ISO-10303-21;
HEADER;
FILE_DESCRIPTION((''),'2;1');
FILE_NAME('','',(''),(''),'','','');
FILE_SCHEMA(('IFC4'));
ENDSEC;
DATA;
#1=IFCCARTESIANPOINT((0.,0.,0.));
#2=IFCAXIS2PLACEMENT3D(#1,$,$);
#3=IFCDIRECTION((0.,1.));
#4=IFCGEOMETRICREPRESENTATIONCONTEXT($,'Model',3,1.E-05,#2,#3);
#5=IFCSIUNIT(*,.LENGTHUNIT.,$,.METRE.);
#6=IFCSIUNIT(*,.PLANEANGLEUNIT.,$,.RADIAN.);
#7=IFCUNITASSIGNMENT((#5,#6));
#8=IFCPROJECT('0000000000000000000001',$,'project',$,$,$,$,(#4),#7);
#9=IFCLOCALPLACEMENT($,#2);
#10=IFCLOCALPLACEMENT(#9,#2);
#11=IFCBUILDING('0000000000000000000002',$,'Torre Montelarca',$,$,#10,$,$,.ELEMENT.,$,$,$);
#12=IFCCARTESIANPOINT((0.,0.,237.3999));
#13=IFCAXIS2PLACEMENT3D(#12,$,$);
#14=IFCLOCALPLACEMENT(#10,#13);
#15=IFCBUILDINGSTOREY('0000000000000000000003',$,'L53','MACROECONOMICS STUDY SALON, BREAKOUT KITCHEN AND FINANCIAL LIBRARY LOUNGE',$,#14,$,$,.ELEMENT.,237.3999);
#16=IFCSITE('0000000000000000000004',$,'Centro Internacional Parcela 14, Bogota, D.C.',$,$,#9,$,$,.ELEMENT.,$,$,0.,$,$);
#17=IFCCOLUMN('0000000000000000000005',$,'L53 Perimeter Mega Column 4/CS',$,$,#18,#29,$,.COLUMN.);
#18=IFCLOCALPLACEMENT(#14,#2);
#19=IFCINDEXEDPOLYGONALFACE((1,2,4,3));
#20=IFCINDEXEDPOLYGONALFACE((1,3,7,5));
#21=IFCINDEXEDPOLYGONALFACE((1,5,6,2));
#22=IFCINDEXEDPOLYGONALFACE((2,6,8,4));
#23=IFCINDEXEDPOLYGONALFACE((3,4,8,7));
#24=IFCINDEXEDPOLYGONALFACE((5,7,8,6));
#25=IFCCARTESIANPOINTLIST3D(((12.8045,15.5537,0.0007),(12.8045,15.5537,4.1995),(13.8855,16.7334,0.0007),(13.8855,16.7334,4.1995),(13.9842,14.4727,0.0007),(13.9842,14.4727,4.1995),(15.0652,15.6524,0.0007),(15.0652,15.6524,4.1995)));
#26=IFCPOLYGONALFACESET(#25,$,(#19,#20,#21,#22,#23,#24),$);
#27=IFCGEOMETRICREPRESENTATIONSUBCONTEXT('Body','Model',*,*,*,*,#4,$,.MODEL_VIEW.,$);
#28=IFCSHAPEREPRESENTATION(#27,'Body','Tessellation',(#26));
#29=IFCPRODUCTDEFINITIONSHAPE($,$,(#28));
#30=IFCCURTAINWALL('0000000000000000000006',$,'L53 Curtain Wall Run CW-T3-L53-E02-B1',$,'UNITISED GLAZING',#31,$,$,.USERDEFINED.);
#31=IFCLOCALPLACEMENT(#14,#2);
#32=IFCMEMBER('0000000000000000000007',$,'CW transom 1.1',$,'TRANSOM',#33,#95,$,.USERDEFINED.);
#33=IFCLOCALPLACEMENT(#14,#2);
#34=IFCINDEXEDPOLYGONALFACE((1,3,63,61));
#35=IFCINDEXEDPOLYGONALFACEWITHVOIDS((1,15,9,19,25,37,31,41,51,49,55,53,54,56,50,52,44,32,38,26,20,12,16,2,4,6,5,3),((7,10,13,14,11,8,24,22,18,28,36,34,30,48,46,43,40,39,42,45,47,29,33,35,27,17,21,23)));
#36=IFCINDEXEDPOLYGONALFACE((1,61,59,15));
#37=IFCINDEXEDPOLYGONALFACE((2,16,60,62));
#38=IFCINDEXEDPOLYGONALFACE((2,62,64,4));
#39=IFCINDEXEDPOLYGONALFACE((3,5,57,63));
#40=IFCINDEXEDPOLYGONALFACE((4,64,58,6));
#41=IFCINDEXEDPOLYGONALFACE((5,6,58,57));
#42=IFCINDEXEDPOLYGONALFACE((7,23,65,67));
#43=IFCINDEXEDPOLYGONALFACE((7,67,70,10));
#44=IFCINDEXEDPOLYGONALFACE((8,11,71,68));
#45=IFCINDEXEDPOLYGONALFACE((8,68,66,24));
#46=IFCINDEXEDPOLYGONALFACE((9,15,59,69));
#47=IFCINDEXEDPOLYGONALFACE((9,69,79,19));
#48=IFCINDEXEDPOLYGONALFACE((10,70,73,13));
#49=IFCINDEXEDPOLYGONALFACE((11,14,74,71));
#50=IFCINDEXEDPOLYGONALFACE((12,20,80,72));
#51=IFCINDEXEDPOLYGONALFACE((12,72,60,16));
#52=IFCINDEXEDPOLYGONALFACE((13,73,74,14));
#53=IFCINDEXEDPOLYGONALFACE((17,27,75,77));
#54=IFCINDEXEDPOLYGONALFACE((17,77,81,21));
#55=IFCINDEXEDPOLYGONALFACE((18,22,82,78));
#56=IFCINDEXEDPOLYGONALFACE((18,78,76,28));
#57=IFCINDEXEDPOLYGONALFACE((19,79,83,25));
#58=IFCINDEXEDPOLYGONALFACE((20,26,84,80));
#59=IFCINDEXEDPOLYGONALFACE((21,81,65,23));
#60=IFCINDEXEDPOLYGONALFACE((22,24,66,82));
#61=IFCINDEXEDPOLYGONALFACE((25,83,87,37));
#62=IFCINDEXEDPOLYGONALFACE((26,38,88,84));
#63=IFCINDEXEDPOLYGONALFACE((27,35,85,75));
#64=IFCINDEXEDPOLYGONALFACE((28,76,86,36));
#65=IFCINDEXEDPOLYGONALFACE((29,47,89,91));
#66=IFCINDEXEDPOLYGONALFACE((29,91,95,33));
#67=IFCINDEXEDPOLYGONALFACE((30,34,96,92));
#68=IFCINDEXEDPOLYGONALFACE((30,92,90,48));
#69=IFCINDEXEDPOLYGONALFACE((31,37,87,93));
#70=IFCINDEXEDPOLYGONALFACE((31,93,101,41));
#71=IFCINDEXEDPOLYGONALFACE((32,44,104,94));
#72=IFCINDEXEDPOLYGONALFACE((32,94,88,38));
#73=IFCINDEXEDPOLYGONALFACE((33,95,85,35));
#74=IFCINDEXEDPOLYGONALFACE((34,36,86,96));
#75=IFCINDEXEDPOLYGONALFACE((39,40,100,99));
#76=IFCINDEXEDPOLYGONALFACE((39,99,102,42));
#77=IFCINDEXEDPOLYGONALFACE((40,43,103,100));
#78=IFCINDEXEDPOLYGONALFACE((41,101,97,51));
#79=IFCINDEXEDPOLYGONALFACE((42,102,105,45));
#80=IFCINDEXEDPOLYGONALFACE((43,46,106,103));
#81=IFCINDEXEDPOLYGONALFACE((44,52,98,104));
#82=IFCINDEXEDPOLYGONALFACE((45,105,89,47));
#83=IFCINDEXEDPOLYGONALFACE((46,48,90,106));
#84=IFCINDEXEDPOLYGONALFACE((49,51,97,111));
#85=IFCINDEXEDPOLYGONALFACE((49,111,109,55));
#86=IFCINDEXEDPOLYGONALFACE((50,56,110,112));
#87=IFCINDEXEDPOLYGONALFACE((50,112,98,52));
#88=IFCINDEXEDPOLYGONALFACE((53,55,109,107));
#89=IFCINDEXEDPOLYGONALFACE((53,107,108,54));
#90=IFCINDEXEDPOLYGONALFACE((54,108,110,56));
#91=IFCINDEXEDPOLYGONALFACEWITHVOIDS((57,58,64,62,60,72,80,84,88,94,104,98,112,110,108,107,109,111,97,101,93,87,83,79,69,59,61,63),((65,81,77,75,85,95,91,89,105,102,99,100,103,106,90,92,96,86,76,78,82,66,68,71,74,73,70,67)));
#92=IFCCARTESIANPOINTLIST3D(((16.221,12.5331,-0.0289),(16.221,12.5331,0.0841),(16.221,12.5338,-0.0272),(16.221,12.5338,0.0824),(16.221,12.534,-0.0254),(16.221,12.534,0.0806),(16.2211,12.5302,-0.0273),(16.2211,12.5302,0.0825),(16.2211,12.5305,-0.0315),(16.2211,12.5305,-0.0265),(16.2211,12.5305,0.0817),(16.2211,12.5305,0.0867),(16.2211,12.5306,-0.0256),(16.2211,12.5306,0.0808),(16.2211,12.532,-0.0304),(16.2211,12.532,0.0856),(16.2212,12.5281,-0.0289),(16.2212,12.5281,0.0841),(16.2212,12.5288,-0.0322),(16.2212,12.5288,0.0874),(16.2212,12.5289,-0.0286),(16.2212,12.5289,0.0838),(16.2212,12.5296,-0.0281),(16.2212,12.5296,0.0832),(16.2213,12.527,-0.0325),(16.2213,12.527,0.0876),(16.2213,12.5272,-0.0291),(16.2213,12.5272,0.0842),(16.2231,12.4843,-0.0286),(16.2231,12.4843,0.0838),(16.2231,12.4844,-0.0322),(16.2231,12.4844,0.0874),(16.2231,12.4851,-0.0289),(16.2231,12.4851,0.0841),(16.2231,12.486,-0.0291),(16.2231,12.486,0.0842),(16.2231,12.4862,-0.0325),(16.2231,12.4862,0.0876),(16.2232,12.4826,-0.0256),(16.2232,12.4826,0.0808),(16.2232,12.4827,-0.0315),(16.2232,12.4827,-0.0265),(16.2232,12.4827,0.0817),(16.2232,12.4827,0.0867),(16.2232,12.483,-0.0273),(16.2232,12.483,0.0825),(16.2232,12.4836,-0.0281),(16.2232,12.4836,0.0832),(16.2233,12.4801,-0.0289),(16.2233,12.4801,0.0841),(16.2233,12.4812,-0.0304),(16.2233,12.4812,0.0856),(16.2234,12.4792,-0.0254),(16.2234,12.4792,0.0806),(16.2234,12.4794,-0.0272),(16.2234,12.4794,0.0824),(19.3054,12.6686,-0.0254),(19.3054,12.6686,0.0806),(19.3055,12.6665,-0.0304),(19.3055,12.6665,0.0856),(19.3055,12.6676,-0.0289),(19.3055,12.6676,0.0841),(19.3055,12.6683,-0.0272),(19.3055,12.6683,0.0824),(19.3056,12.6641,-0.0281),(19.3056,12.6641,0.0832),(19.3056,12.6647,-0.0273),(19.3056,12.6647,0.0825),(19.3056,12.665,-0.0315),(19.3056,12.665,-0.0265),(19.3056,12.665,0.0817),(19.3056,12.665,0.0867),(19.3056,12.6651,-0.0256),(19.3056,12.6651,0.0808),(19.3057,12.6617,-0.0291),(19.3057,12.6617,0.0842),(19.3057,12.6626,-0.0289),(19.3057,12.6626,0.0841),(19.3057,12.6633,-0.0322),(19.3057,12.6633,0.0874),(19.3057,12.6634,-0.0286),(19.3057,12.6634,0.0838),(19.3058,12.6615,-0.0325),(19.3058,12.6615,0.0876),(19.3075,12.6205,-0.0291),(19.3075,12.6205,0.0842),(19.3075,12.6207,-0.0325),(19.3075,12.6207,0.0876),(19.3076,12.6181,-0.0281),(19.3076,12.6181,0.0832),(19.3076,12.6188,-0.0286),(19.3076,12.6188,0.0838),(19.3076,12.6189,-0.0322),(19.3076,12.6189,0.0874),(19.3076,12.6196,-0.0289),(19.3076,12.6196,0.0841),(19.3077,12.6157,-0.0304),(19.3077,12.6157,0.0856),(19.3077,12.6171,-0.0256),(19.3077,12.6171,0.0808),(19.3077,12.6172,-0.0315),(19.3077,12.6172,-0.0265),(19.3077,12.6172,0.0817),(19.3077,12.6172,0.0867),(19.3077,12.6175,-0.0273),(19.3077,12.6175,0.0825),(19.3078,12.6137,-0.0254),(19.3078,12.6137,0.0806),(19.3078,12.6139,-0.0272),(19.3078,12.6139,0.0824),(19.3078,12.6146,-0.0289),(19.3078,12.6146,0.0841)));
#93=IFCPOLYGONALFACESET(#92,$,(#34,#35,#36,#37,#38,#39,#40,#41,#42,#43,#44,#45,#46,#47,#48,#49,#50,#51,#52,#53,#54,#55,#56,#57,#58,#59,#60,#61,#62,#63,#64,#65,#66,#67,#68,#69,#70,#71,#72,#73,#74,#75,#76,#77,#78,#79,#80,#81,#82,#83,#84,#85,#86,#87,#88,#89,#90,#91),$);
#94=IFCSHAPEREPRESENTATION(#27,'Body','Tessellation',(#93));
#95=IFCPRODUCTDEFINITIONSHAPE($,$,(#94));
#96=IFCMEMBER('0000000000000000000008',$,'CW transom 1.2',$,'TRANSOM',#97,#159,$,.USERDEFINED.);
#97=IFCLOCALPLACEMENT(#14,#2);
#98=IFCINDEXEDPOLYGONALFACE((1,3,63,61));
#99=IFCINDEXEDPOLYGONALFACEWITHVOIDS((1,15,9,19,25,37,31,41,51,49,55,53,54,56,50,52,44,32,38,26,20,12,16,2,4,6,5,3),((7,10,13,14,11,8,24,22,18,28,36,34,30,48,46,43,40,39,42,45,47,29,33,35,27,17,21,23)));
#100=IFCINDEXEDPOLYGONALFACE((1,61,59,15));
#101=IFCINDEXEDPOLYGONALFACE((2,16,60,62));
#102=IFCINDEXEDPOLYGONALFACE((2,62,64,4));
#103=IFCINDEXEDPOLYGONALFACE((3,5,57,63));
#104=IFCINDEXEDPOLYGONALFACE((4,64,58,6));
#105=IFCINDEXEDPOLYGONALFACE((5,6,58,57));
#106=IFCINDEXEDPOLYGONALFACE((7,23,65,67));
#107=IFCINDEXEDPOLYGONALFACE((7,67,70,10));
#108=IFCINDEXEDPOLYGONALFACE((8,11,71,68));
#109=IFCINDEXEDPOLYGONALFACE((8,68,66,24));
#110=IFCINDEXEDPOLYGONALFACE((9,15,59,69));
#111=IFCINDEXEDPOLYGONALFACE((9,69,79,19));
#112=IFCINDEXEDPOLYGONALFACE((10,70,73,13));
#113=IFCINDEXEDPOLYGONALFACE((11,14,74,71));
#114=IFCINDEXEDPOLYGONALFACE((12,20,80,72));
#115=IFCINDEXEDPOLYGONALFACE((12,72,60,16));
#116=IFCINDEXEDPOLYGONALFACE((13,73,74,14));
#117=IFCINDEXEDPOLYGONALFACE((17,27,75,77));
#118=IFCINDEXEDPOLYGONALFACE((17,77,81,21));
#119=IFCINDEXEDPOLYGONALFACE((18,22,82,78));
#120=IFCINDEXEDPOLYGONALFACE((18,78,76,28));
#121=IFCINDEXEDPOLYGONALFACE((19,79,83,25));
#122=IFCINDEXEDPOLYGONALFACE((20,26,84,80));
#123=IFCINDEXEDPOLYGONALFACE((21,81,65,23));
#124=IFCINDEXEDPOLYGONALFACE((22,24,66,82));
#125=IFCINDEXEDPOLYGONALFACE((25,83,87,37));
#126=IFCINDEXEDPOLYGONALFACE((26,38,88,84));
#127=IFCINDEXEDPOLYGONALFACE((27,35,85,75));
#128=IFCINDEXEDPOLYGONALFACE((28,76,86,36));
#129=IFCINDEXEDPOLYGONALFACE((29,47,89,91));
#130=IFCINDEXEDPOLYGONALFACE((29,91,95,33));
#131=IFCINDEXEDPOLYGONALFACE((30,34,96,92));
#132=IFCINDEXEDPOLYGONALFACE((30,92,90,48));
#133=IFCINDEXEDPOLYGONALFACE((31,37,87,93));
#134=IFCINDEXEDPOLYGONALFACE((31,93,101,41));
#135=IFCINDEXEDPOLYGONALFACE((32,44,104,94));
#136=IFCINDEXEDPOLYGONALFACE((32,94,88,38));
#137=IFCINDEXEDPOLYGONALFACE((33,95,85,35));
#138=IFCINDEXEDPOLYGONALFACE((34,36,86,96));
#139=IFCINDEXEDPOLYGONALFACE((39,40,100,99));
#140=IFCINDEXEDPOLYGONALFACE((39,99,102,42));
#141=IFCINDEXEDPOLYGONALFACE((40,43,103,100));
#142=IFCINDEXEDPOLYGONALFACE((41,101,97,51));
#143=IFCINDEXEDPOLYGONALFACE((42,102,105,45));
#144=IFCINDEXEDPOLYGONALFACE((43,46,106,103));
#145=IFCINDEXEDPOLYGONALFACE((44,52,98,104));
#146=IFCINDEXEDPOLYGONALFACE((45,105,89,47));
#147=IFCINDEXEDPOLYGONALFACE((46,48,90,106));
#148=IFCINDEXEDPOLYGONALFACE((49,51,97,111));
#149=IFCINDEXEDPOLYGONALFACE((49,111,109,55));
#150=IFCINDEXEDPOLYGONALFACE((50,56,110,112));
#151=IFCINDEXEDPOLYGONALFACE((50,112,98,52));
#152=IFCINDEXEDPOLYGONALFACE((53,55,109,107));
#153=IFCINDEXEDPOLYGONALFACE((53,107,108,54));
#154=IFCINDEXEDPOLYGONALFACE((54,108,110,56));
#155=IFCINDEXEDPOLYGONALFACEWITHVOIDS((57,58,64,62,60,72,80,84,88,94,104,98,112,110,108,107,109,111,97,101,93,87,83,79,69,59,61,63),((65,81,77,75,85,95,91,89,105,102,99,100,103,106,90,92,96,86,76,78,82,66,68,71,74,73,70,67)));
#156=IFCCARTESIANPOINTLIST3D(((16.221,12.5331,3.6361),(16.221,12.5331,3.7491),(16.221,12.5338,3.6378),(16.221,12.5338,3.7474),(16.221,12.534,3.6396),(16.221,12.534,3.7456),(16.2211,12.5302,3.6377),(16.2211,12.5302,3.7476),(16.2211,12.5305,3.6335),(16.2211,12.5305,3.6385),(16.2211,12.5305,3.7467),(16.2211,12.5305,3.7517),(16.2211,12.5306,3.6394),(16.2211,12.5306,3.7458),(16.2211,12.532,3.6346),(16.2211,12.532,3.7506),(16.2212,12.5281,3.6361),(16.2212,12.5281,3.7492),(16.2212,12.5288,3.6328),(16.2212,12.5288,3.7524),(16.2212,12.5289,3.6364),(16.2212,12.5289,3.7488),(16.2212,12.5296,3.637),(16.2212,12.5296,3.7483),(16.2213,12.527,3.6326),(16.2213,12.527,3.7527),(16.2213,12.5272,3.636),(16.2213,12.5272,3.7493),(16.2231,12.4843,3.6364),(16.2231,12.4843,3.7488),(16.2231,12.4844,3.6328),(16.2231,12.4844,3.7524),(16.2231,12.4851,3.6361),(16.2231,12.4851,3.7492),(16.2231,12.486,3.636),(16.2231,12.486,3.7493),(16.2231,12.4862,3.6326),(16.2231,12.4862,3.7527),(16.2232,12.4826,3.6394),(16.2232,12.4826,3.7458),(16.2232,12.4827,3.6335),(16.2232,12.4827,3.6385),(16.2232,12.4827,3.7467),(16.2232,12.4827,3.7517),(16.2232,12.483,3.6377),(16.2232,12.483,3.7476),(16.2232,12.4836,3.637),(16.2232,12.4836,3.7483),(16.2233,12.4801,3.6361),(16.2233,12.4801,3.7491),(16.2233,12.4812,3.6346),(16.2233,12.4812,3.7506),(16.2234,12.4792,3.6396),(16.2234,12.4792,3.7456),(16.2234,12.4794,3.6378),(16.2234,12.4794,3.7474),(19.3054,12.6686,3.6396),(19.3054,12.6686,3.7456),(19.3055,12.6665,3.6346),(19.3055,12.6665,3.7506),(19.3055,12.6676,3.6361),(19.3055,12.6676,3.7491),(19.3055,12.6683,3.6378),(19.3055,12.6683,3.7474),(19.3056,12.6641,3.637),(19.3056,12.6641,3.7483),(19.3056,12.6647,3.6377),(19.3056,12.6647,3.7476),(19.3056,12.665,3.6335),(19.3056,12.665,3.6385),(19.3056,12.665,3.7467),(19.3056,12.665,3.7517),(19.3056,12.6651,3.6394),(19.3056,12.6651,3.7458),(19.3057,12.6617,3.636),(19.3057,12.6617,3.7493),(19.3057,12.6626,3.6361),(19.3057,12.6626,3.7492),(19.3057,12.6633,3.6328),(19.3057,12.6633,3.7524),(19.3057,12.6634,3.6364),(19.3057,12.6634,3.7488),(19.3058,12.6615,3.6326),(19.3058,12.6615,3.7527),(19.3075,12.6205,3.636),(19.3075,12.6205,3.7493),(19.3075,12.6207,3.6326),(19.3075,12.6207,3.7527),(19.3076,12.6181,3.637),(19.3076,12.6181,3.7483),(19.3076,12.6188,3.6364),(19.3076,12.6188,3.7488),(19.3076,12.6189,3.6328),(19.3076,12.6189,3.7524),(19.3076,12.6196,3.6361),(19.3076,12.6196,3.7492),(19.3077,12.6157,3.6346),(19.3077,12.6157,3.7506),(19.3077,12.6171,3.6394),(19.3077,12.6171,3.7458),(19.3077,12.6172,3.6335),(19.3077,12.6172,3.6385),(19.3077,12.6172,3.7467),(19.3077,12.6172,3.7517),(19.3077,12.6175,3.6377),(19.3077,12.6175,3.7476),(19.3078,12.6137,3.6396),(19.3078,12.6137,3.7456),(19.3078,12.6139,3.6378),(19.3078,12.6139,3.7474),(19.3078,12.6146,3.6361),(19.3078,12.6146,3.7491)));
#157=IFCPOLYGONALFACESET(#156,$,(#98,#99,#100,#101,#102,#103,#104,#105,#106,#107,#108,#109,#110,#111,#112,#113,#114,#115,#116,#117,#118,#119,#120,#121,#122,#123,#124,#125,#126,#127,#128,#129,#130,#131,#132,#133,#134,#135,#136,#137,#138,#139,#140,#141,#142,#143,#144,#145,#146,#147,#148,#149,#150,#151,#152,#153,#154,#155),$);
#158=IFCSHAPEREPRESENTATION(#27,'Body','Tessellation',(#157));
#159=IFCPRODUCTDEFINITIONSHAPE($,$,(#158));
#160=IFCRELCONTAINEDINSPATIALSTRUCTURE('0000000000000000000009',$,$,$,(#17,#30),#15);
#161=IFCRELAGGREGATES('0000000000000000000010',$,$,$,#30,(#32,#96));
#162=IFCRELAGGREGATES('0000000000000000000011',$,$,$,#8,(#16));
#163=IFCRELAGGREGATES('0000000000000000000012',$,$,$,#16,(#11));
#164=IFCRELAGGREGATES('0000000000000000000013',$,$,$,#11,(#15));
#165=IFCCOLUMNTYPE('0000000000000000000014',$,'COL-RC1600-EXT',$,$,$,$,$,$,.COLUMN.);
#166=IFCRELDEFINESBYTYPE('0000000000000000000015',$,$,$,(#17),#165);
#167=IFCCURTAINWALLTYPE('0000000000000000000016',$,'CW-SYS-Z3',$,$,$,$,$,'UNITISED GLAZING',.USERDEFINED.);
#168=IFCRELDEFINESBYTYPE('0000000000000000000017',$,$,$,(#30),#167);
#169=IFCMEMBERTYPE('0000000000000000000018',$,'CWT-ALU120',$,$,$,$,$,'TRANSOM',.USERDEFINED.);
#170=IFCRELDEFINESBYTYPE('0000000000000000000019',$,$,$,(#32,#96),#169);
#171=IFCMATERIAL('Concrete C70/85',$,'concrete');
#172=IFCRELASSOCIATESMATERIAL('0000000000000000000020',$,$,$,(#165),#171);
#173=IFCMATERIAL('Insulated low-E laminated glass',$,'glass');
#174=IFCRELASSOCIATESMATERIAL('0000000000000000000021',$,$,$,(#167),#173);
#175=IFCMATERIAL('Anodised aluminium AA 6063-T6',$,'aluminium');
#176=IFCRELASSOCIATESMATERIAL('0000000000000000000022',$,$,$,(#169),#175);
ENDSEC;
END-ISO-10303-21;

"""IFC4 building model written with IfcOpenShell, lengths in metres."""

from ifc_helpers import new_model, si_unit, direction, frame, origin, origin_2d, place, context, subcontext, project, spatial, rectangle, hollow_rectangle, extrude, source, transform, mapped, material, material_profile, profile_set, type_object, element, aggregate, save


model = new_model("IFC4")

# Units and contexts
model_context = context("Model", 3, precision=1e-05, world=origin(), true_north=direction((0.0, 1.0)))
body_context = subcontext(model_context, "Body", "Model", "MODEL_VIEW")
ifc_project = project(units=[si_unit("LENGTHUNIT", "METRE"), si_unit("PLANEANGLEUNIT", "RADIAN")], contexts=[model_context])

# Site, building, storey
site_placement = place(None, origin())
site = spatial("IfcSite", under=ifc_project, at=site_placement, Name="Centro Internacional Parcela 14, Bogota, D.C.", CompositionType="ELEMENT", RefElevation=0.0)
building_placement = place(site_placement, origin())
building = spatial("IfcBuilding", under=site, at=building_placement, Name="Torre Montelarca", CompositionType="ELEMENT")
storey_placement = place(building_placement, frame((0.0, 0.0, 237.3999)))
storey = spatial("IfcBuildingStorey", under=building, at=storey_placement, Name="L53", Description="MACROECONOMICS STUDY SALON, BREAKOUT KITCHEN AND FINANCIAL LIBRARY LOUNGE", CompositionType="ELEMENT", Elevation=237.3999)

# Column
ifc_material_1 = material(Name="Concrete C70/85", Category="concrete")
ifc_material_profile_1 = material_profile(ifc_material_1, rectangle(XDim=1.6001, YDim=1.6001, at=origin_2d()), Name="RC1600X1600", Category="concrete")
ifc_profile_set_1 = profile_set([ifc_material_profile_1], Name="Concrete C70/85")
column_type = type_object("IfcColumnType", Name="COL-RC1600-EXT", PredefinedType="COLUMN", material=ifc_profile_set_1)
shared_shape_1 = source(origin(), body_context, "Body", "SweptSolid", [
    extrude(rectangle(XDim=1.6001, YDim=1.6001, at=origin_2d()), origin(), (0.0, 0.0, 1.0), 4.1987),
])
column_placement = place(storey_placement, frame((13.9348, 15.603, 0.0007), z_axis=(0.0, 0.0, 1.0), x_axis=(-0.737277, 0.67559, 0.0)))
element("IfcColumn", 1, at=column_placement, inside=storey, type_object=column_type, Name="L53 Perimeter Mega Column 4/CS", PredefinedType="COLUMN", context=body_context, shape_type="MappedRepresentation", body=[
    mapped(shared_shape_1, transform((0.0, 0.0, 0.0), scale=1.0)),
])

# Curtain wall, members
ifc_material_2 = material(Name="Insulated low-E laminated glass", Category="glass")
curtain_wall_type = type_object("IfcCurtainWallType", Name="CW-SYS-Z3", ElementType="UNITISED GLAZING", PredefinedType="USERDEFINED", material=ifc_material_2)
curtain_wall_1_placement = place(storey_placement, origin())
curtain_wall_1 = element("IfcCurtainWall", 2, at=curtain_wall_1_placement, inside=storey, type_object=curtain_wall_type, Name="L53 Curtain Wall Run CW-T3-L53-E02-B1", ObjectType="UNITISED GLAZING", PredefinedType="USERDEFINED")
ifc_material_3 = material(Name="Anodised aluminium AA 6063-T6", Category="aluminium")
ifc_material_profile_2 = material_profile(ifc_material_3, hollow_rectangle(XDim=0.0549, YDim=0.1201, WallThickness=0.0034, InnerFilletRadius=0.0034, OuterFilletRadius=0.0071, at=origin_2d()), Name="ALU55X120X3.5", Category="aluminium")
ifc_profile_set_2 = profile_set([ifc_material_profile_2], Name="Anodised aluminium AA 6063-T6")
member_type_1 = type_object("IfcMemberType", Name="CWT-ALU120", ElementType="TRANSOM", PredefinedType="USERDEFINED", material=ifc_profile_set_2)
shared_shape_2 = source(origin(), body_context, "Body", "SweptSolid", [
    extrude(hollow_rectangle(XDim=0.0549, YDim=0.1201, WallThickness=0.0034, InnerFilletRadius=0.0034, OuterFilletRadius=0.0071, at=origin_2d()), origin(), (0.0, 0.0, 1.0), 3.0874),
])
member_1_placement = place(storey_placement, frame((16.2222, 12.5066, 0.0276), z_axis=(0.99905, 0.043571, 0.0), x_axis=(-0.043571, 0.99905, 0.0)))
member_1 = element("IfcMember", 3, at=member_1_placement, type_object=member_type_1, Name="CW transom 1.1", ObjectType="TRANSOM", PredefinedType="USERDEFINED", context=body_context, shape_type="MappedRepresentation", body=[
    mapped(shared_shape_2, transform((0.0, 0.0, 0.0), scale=1.0)),
])
member_2_placement = place(storey_placement, frame((16.2222, 12.5066, 3.6926), z_axis=(0.99905, 0.043571, 0.0), x_axis=(-0.043571, 0.99905, 0.0)))
member_2 = element("IfcMember", 4, at=member_2_placement, type_object=member_type_1, Name="CW transom 1.2", ObjectType="TRANSOM", PredefinedType="USERDEFINED", context=body_context, shape_type="MappedRepresentation", body=[
    mapped(shared_shape_2, transform((0.0, 0.0, 0.0), scale=1.0)),
])

aggregate(curtain_wall_1, [member_1, member_2])

save(model, "model.ifc")
